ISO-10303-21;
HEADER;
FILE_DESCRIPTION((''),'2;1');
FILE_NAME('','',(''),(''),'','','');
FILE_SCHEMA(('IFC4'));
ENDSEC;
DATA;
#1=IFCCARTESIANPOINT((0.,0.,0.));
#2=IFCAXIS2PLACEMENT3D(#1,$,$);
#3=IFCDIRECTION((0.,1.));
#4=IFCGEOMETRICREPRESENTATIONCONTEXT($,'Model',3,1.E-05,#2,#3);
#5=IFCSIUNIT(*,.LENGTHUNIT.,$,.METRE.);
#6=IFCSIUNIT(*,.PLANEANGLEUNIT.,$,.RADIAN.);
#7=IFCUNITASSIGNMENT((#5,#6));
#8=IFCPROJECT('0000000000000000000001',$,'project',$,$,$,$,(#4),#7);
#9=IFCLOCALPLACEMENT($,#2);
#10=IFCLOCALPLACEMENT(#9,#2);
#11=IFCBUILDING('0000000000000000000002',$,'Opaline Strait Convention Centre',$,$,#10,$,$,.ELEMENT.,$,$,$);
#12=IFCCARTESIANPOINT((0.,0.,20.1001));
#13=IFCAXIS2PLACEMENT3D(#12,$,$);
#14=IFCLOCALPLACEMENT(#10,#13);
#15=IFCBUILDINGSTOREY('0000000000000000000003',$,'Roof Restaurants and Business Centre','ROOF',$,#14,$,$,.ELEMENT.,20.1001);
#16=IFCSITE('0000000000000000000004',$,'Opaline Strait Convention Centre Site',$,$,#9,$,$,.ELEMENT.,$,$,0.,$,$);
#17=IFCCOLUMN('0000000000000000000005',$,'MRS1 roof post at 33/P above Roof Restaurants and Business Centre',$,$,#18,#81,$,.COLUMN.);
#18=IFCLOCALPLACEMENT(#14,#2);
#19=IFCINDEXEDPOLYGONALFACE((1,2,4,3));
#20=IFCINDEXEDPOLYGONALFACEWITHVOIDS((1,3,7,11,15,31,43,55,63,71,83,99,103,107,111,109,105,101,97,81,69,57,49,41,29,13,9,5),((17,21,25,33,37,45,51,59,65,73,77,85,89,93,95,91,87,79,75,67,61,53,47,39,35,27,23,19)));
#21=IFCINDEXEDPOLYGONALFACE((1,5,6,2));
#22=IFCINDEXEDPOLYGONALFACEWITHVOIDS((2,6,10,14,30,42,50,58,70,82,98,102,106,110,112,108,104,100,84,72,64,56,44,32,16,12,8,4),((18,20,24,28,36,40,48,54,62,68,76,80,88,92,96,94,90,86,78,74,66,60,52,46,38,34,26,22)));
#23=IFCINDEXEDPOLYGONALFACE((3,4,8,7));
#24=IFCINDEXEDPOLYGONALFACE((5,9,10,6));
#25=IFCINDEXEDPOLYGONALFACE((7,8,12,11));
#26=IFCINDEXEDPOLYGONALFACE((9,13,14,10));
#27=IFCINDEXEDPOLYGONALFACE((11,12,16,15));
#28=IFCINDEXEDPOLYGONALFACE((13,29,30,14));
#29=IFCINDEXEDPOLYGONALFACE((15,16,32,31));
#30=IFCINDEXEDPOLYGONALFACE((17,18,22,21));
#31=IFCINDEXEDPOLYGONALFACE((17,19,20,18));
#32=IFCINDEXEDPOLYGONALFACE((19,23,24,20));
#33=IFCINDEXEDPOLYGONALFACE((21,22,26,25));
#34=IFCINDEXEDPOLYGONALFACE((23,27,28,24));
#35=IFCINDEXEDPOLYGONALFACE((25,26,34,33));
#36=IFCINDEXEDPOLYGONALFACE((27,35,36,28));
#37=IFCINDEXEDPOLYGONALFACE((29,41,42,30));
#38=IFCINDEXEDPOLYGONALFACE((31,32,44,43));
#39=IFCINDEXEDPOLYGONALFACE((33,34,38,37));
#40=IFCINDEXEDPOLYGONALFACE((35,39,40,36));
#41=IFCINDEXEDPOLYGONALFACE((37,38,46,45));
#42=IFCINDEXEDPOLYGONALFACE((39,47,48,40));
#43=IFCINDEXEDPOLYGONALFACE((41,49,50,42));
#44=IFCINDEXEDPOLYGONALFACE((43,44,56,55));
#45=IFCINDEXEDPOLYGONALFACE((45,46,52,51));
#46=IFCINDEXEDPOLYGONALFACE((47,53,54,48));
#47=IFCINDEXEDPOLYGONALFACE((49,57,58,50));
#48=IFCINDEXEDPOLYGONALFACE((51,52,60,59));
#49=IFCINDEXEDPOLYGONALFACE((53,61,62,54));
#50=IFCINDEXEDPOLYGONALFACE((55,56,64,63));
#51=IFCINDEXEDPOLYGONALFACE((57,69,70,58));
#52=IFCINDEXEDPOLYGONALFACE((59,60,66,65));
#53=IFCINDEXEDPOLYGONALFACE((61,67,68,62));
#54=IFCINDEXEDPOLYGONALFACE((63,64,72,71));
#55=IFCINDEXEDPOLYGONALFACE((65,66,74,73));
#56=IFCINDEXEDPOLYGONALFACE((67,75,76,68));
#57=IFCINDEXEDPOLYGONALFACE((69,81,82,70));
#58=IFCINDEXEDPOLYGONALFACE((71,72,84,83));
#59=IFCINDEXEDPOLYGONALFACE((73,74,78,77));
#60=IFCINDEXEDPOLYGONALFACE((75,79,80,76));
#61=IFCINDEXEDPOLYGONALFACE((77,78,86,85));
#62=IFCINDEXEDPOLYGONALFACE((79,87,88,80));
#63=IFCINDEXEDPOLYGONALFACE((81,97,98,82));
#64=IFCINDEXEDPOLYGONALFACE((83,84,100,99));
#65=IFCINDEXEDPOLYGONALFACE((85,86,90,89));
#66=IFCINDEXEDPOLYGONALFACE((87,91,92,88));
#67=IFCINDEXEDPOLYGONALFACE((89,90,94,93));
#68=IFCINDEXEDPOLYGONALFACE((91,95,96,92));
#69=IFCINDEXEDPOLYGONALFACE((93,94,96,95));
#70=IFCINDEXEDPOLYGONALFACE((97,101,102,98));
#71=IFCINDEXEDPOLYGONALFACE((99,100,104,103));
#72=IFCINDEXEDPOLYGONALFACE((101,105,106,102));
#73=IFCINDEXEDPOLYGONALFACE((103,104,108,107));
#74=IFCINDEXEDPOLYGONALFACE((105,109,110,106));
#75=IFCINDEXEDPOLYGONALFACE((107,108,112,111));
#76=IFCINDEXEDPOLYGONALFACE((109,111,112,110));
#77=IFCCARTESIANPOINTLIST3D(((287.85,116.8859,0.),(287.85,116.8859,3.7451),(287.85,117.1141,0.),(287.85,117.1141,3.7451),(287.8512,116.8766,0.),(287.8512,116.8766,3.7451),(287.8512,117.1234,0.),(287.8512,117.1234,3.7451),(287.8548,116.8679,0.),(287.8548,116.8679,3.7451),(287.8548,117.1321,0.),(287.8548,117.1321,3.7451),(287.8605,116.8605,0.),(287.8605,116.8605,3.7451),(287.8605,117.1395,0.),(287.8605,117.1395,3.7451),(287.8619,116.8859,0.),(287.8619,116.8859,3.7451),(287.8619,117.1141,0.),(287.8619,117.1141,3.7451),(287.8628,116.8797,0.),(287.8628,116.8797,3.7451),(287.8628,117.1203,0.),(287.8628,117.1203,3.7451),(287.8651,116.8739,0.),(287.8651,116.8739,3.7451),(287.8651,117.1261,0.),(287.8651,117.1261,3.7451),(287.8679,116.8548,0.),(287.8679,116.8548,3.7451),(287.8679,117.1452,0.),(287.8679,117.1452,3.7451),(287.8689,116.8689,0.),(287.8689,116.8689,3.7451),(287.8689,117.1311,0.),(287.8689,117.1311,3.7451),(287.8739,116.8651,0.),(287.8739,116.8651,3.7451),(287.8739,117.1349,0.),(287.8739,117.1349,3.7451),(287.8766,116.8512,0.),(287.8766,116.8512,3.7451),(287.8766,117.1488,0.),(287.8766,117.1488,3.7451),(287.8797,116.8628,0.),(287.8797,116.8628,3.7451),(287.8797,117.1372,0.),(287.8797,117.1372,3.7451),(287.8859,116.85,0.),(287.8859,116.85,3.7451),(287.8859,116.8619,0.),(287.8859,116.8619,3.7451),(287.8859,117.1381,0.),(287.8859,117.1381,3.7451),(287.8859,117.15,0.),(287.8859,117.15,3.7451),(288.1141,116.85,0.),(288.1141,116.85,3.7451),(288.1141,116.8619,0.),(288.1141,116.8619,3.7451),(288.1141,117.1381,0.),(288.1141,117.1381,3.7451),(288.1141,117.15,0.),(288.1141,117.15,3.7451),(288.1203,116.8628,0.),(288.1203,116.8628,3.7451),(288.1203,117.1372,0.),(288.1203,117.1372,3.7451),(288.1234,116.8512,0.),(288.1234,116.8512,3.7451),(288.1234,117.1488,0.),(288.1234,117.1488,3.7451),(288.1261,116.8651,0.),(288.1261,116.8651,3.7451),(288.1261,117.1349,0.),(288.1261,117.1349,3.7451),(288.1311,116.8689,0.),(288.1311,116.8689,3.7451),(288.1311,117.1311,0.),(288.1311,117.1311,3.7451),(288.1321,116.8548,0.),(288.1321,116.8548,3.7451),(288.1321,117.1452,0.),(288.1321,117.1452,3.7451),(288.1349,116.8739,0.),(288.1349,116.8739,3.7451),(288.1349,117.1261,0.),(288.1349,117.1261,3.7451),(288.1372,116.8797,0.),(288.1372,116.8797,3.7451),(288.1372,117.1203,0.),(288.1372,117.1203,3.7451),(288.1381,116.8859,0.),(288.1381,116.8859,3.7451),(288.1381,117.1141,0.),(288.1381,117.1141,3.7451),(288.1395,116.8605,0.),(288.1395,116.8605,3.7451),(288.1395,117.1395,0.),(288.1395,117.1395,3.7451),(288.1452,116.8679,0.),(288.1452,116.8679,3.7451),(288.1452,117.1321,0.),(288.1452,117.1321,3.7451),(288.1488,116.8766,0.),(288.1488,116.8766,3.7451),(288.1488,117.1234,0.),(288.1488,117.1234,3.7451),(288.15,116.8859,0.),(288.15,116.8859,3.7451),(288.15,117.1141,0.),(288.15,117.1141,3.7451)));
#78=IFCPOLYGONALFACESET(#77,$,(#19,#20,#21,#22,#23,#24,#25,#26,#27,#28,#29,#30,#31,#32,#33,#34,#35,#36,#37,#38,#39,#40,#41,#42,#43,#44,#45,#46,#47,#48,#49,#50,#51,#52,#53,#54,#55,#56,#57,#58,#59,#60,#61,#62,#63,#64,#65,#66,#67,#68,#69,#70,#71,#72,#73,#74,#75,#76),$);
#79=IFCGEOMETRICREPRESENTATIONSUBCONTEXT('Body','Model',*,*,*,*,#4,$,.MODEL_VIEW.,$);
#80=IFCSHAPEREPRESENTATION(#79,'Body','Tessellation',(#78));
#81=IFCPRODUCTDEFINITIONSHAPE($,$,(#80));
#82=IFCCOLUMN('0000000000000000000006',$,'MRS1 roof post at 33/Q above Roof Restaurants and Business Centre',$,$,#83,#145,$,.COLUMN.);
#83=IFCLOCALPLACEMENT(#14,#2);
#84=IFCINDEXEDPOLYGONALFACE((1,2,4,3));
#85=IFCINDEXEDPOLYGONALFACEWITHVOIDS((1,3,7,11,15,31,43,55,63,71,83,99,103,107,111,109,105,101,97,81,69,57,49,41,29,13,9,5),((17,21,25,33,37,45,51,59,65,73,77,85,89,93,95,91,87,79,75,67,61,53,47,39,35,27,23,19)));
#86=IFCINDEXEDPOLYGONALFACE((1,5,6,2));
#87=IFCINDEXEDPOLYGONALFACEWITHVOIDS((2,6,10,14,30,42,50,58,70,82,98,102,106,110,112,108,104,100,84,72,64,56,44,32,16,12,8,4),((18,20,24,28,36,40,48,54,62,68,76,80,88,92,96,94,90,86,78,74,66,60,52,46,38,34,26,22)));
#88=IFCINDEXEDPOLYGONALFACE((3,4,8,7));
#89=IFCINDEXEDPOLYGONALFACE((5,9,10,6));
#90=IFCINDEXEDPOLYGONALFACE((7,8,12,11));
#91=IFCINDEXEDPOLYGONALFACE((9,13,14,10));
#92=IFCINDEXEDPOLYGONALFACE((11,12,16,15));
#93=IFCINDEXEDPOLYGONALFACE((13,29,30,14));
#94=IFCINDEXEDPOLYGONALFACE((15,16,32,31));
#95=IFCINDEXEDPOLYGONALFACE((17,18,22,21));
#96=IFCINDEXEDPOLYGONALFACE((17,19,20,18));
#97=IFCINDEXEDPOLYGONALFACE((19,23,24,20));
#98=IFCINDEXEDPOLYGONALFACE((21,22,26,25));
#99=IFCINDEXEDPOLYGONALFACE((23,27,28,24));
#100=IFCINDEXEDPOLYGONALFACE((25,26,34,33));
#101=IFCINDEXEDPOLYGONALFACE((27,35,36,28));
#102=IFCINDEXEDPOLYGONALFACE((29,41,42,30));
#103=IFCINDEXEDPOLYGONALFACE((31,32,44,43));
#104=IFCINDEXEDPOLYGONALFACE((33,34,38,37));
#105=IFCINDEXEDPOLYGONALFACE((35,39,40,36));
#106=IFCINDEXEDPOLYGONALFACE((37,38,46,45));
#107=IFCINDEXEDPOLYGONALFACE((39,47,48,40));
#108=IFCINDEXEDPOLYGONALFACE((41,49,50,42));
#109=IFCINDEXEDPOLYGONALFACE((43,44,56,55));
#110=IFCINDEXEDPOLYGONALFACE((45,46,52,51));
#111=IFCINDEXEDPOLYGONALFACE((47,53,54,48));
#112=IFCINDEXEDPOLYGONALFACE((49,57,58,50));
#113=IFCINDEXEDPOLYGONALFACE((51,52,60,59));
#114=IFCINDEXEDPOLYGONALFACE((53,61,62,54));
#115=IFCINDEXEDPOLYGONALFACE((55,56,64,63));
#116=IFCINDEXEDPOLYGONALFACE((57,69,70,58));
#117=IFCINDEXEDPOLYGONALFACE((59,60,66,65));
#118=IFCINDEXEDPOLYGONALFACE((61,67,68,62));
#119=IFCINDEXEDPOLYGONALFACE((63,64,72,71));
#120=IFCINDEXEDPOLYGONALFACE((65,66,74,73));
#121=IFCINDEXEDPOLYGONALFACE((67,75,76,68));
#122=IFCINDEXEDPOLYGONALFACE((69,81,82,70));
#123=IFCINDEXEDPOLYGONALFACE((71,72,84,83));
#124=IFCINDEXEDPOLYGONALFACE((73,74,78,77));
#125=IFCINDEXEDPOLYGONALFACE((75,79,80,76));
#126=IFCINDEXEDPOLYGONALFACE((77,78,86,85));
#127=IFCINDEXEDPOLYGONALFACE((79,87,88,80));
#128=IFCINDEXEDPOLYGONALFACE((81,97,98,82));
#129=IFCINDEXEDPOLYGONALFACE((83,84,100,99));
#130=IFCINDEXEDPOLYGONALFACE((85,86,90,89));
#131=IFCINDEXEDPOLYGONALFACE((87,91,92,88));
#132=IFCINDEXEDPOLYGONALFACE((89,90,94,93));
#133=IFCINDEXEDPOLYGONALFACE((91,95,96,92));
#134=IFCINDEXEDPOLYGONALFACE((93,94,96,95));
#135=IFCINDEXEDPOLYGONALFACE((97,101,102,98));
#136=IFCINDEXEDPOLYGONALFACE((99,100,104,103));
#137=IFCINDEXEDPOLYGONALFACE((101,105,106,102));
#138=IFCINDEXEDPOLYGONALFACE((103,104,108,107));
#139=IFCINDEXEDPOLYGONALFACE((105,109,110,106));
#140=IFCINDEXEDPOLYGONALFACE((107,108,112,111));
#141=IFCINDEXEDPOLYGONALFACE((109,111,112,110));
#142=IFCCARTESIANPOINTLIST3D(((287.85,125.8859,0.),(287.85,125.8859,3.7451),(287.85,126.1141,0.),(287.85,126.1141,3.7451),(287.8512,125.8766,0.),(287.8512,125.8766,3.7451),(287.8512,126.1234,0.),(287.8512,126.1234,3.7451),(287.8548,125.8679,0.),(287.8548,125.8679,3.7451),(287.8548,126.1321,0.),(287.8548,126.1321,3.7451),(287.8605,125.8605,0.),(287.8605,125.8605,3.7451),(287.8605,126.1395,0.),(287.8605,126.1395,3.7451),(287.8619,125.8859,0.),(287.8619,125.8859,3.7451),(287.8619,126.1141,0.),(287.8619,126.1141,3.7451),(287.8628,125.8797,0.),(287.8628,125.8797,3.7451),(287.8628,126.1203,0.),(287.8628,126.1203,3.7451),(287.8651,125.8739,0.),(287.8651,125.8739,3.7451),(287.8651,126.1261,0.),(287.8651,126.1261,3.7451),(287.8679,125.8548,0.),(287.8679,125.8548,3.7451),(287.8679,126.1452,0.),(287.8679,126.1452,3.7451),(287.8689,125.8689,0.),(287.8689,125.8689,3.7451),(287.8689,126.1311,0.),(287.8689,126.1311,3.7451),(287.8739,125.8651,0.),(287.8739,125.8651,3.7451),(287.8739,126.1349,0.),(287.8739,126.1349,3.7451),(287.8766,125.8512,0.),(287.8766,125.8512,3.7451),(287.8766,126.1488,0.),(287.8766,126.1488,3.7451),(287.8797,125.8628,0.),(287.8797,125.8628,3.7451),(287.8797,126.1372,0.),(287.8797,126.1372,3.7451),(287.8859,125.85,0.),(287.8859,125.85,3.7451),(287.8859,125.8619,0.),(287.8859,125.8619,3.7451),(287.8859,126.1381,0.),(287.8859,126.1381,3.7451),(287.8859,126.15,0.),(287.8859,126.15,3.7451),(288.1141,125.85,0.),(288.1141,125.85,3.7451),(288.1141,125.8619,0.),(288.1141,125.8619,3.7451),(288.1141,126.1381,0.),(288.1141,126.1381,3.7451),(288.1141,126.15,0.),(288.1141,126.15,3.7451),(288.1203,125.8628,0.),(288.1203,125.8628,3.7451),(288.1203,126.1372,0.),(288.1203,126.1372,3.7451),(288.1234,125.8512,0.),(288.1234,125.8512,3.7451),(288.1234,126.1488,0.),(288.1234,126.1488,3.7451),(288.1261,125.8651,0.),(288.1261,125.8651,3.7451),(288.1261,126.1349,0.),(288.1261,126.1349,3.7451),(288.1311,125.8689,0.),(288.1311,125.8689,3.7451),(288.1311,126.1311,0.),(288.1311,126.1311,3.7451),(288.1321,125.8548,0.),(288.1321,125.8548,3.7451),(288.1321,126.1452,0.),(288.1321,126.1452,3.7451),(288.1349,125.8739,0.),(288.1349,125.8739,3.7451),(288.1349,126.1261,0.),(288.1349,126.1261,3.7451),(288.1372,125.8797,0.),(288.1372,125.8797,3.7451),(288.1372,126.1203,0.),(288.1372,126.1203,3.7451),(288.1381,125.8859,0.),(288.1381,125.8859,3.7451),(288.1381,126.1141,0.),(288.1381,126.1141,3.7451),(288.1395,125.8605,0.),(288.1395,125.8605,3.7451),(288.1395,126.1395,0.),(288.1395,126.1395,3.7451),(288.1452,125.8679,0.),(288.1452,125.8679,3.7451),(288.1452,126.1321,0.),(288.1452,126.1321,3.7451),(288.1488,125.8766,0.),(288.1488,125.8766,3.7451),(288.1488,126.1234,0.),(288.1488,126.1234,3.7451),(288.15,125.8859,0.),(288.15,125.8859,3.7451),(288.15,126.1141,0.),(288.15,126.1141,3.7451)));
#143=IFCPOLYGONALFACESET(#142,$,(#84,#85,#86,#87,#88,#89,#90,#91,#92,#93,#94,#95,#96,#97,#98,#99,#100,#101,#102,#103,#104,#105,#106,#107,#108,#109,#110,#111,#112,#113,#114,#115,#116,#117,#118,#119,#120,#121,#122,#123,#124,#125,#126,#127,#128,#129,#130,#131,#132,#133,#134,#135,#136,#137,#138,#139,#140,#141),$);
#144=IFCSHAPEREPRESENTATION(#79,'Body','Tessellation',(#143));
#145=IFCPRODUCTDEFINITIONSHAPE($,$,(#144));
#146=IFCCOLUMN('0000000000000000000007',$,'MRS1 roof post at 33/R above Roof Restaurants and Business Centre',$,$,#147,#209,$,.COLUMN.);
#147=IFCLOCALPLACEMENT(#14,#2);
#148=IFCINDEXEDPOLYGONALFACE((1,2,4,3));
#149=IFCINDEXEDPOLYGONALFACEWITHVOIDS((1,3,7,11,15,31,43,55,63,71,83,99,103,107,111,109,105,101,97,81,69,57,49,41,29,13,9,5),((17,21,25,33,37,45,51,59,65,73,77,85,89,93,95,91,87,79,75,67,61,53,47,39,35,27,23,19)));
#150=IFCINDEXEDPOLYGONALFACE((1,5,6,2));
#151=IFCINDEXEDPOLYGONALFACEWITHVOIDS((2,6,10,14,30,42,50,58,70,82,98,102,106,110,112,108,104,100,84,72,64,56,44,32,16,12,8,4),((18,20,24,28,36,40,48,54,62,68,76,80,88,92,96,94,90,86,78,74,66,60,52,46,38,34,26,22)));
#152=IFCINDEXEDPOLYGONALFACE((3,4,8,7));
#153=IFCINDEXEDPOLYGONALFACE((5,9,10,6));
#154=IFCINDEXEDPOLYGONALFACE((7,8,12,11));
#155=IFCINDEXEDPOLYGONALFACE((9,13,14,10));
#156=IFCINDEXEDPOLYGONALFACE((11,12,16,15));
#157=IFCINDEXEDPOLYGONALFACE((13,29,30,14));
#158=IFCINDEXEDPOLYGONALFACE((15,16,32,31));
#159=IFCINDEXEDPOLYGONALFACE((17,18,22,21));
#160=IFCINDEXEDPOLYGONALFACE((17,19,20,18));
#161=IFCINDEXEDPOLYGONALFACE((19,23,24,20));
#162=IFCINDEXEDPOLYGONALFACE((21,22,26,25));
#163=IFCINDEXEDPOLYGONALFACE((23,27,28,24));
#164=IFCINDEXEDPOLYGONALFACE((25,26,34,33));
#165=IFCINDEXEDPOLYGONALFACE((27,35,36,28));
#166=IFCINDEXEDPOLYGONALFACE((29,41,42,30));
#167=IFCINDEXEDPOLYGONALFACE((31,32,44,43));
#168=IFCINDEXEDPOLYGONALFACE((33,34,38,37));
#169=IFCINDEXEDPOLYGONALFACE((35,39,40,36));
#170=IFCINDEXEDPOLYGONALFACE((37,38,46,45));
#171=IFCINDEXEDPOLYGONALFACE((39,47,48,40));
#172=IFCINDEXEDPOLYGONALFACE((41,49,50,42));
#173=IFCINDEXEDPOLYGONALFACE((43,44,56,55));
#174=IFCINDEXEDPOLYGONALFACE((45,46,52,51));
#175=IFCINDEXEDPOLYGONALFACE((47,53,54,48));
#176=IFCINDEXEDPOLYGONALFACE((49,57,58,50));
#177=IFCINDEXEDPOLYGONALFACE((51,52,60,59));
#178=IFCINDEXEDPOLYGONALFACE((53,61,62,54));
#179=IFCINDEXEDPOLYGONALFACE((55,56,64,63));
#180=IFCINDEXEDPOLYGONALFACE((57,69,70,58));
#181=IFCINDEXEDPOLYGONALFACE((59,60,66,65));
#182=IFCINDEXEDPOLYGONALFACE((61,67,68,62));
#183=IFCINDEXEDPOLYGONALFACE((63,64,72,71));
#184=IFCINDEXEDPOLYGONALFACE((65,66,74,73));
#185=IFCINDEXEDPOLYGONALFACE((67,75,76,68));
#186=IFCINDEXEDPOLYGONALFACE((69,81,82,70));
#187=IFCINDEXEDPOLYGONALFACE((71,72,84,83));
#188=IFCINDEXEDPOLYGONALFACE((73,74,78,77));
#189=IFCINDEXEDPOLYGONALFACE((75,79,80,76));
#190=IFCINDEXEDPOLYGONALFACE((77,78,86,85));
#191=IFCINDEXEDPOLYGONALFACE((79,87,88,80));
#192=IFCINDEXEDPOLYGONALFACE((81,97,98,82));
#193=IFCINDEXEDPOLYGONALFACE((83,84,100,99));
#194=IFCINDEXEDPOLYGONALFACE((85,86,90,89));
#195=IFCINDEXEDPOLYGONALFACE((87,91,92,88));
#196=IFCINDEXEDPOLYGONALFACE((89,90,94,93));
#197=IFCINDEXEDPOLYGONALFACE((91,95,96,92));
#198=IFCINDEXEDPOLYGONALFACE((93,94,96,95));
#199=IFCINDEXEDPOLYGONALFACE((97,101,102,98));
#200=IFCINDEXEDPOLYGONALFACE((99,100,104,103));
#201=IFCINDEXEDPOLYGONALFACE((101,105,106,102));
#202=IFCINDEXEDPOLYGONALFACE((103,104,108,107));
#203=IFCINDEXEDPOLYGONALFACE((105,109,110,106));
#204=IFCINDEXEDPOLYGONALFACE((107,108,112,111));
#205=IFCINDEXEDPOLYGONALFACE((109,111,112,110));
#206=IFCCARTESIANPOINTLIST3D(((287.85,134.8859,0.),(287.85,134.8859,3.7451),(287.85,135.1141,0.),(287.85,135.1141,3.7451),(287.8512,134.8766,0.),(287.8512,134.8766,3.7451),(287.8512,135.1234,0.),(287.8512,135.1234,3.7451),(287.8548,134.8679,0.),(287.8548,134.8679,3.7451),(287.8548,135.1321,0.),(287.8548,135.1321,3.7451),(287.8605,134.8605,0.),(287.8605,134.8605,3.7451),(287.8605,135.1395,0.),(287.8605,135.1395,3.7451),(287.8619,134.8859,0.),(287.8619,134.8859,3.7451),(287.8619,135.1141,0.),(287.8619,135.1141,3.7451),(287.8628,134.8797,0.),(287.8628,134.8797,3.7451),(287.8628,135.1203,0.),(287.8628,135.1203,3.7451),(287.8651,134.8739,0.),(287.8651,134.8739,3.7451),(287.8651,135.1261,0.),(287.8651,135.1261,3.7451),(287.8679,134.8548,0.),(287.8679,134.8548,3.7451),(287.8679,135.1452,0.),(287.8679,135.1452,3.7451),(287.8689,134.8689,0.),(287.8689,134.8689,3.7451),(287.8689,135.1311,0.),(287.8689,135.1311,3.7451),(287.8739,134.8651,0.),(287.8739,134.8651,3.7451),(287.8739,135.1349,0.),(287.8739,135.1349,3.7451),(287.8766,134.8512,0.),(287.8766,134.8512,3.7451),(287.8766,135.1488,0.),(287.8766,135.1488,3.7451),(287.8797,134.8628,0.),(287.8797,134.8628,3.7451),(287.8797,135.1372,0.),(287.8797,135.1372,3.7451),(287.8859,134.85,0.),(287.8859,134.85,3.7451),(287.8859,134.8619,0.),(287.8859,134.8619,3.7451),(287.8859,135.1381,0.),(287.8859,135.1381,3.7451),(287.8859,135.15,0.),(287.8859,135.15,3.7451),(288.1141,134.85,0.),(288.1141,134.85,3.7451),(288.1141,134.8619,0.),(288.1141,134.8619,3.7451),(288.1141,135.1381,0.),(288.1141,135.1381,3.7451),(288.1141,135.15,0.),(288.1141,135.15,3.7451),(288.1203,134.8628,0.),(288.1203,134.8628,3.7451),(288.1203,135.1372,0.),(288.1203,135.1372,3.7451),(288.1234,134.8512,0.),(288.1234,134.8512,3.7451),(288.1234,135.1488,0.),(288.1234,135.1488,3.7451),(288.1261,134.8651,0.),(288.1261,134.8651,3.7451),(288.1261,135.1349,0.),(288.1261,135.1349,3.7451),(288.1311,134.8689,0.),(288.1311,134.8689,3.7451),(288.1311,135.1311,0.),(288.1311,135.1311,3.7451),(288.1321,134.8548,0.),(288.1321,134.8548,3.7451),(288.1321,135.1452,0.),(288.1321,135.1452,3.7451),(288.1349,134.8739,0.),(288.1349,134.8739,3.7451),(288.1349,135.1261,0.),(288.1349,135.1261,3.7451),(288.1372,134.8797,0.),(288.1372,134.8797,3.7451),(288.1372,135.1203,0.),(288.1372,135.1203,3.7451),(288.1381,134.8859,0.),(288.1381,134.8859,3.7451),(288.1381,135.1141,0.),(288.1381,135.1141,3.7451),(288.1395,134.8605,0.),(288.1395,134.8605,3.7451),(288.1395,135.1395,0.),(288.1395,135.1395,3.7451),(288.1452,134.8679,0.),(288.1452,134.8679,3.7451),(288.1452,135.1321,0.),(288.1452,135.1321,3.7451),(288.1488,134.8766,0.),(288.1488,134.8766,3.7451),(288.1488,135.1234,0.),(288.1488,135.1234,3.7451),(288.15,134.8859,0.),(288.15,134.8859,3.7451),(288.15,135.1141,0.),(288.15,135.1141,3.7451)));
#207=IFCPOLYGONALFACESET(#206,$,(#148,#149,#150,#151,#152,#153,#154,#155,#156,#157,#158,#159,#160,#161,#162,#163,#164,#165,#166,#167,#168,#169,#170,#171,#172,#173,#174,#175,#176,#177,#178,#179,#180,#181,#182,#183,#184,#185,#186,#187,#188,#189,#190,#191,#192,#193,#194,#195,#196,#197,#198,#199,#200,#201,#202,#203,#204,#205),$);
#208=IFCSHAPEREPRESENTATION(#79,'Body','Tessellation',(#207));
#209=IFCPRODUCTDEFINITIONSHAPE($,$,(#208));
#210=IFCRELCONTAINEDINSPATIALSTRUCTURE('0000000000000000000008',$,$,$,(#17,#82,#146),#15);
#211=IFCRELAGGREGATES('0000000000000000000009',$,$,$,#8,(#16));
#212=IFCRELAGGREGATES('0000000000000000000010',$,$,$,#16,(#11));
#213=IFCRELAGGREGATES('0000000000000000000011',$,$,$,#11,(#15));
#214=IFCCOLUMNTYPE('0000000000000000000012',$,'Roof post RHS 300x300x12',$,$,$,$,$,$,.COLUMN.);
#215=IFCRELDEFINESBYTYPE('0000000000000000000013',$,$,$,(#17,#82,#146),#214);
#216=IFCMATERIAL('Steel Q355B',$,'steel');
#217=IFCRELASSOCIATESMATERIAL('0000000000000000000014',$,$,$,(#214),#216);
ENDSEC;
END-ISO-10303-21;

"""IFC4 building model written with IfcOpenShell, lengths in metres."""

from ifc_helpers import new_model, si_unit, direction, frame, origin, origin_2d, place, context, subcontext, project, spatial, hollow_rectangle, extrude, material, material_profile, profile_set, type_object, element, save


model = new_model("IFC4")

# Units and contexts
model_context = context("Model", 3, precision=1e-05, world=origin(), true_north=direction((0.0, 1.0)))
body_context = subcontext(model_context, "Body", "Model", "MODEL_VIEW")
ifc_project = project(units=[si_unit("LENGTHUNIT", "METRE"), si_unit("PLANEANGLEUNIT", "RADIAN")], contexts=[model_context])

# Site, building, storey
site_placement = place(None, origin())
site = spatial("IfcSite", under=ifc_project, at=site_placement, Name="Opaline Strait Convention Centre Site", CompositionType="ELEMENT", RefElevation=0.0)
building_placement = place(site_placement, origin())
building = spatial("IfcBuilding", under=site, at=building_placement, Name="Opaline Strait Convention Centre", CompositionType="ELEMENT")
storey_placement = place(building_placement, frame((0.0, 0.0, 20.1001)))
storey = spatial("IfcBuildingStorey", under=building, at=storey_placement, Name="Roof Restaurants and Business Centre", Description="ROOF", CompositionType="ELEMENT", Elevation=20.1001)

# Columns
ifc_material_1 = material(Name="Steel Q355B", Category="steel")
ifc_material_profile_1 = material_profile(ifc_material_1, hollow_rectangle(XDim=0.3, YDim=0.3, WallThickness=0.012, InnerFilletRadius=0.0239, OuterFilletRadius=0.0359, at=origin_2d()), Name="RHS 300x300x12")
ifc_profile_set_1 = profile_set([ifc_material_profile_1], Name="Steel Q355B")
column_type_1 = type_object("IfcColumnType", Name="Roof post RHS 300x300x12", PredefinedType="COLUMN", material=ifc_profile_set_1)
for number, where, z_axis, x_axis, name in (
    (1, (288.0, 117.0, 0.0), (0.0, 0.0, 1.0), (1.0, 0.0, 0.0), "MRS1 roof post at 33/P above Roof Restaurants and Business Centre"),
    (2, (288.0, 126.0, 0.0), (0.0, 0.0, 1.0), (1.0, 0.0, 0.0), "MRS1 roof post at 33/Q above Roof Restaurants and Business Centre"),
    (3, (288.0, 135.0, 0.0), (0.0, 0.0, 1.0), (1.0, 0.0, 0.0), "MRS1 roof post at 33/R above Roof Restaurants and Business Centre"),
):
    element("IfcColumn", number, at=place(storey_placement, frame(where, z_axis=z_axis, x_axis=x_axis)), inside=storey, type_object=column_type_1, Name=name, PredefinedType="COLUMN", context=body_context, shape_type="SweptSolid", body=[
        extrude(hollow_rectangle(XDim=0.3, YDim=0.3, WallThickness=0.012, InnerFilletRadius=0.0239, OuterFilletRadius=0.0359, at=origin_2d()), origin(), (0.0, 0.0, 1.0), 3.7451),
    ])

save(model, "model.ifc")
